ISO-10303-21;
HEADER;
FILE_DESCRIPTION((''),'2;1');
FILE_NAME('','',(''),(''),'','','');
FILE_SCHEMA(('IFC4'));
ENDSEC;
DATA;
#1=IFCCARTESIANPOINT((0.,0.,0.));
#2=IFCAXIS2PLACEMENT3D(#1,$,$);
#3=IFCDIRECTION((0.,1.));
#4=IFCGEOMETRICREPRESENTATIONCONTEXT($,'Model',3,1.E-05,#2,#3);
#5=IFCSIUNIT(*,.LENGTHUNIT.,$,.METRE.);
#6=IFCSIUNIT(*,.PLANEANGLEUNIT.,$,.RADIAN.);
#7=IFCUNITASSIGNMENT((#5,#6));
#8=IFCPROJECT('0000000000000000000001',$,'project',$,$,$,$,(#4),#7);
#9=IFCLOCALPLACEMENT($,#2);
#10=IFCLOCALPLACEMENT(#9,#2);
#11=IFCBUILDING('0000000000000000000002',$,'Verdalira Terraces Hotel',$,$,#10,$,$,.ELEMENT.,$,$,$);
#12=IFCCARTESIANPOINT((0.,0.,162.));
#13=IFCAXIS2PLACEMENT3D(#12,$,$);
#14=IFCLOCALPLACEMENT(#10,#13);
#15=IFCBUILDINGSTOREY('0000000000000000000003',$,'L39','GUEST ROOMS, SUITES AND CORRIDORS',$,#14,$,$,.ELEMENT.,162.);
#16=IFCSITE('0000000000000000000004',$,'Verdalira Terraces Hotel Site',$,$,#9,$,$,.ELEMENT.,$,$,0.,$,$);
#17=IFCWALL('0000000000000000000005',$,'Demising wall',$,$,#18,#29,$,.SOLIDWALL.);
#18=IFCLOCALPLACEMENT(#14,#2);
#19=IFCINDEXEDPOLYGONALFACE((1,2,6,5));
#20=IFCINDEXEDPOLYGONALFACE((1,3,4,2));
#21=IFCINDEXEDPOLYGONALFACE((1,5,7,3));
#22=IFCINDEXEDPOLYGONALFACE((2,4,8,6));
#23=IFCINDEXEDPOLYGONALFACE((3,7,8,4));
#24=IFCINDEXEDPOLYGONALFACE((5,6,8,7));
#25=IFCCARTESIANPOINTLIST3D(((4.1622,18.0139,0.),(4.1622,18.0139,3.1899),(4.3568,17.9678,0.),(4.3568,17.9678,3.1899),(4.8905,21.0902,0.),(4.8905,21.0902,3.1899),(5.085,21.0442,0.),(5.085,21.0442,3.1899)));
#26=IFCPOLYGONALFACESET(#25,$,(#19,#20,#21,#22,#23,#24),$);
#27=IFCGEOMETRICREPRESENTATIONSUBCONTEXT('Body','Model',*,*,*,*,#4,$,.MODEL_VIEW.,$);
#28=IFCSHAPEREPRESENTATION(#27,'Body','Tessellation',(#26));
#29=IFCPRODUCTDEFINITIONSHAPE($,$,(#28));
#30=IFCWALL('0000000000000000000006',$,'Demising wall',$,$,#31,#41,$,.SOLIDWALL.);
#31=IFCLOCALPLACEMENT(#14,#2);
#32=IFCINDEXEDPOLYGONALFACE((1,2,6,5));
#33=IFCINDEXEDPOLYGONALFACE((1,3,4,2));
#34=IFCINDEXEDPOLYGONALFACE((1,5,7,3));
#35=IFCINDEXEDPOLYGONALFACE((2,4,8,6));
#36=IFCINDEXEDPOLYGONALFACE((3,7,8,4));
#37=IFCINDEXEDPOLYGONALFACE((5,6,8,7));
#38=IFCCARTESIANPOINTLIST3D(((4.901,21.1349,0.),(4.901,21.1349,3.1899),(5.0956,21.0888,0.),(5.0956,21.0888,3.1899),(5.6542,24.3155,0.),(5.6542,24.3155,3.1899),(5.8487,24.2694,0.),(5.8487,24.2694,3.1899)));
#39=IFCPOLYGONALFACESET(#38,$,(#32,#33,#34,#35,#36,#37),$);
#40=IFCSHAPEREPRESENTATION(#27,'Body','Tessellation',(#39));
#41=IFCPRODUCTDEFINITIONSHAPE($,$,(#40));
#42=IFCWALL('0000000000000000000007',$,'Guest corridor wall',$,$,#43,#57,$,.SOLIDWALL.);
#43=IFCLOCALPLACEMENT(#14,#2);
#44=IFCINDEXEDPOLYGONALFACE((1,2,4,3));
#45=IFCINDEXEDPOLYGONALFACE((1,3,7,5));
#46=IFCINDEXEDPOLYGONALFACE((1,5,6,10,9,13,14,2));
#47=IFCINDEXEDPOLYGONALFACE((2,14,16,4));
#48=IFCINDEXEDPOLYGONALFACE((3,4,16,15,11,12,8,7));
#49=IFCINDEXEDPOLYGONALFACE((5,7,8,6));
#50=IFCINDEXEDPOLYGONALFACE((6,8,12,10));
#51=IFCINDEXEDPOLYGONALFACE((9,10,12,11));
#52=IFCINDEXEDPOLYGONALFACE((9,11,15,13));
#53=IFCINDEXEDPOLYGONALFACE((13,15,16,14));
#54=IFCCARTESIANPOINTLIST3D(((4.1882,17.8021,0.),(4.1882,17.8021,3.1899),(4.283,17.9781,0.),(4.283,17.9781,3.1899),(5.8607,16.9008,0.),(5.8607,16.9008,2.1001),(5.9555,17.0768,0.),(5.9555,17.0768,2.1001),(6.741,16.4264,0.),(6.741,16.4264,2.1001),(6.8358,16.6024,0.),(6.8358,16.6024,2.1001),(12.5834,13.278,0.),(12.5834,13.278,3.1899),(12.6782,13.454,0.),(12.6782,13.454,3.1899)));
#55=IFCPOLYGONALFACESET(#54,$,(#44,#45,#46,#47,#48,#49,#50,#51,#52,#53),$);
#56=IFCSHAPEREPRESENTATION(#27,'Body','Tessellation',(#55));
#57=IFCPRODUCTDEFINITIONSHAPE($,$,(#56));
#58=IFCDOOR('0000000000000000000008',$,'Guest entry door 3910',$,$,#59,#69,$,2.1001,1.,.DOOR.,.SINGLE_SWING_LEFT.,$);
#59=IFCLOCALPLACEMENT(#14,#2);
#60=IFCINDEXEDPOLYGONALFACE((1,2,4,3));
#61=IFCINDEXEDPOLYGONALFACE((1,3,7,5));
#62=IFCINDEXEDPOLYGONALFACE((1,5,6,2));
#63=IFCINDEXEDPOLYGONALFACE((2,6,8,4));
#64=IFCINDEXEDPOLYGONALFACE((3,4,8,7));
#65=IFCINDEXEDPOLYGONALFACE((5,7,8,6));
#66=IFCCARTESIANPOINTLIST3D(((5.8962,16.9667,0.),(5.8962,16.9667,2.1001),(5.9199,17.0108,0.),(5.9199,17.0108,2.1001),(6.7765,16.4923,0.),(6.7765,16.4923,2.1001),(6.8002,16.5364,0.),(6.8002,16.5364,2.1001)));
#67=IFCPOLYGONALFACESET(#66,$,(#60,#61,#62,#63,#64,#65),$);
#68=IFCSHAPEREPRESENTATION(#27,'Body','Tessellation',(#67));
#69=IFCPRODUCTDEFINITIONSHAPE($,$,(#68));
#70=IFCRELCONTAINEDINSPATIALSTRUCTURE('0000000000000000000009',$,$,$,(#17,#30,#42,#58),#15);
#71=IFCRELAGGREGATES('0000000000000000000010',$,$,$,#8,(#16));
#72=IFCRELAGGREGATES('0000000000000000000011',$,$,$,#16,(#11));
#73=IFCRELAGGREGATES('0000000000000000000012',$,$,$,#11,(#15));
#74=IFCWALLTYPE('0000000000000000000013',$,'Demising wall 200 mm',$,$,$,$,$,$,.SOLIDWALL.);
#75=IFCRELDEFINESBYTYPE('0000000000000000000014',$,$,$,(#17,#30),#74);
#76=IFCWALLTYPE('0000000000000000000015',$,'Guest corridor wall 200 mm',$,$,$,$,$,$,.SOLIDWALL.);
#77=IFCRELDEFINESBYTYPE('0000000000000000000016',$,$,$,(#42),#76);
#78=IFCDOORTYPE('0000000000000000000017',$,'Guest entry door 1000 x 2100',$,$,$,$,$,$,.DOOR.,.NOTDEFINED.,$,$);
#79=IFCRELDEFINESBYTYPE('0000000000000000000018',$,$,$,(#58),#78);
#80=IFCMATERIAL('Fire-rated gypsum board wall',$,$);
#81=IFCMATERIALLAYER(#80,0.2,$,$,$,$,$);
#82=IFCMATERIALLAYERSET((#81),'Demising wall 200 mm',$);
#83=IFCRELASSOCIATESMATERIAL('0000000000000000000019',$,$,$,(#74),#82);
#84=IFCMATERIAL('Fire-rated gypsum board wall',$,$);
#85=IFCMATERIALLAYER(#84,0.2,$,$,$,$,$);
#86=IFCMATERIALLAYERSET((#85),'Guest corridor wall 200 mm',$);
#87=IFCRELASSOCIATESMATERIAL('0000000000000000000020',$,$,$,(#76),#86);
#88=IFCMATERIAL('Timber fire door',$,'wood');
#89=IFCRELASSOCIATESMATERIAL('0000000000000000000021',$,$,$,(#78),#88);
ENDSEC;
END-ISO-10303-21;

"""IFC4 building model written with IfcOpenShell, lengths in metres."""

from ifc_helpers import new_model, si_unit, direction, frame, frame_2d, origin, place, context, subcontext, project, spatial, rectangle, extrude, material, layer, layer_set, type_object, element, fill, save


model = new_model("IFC4")

# Units and contexts
model_context = context("Model", 3, precision=1e-05, world=origin(), true_north=direction((0.0, 1.0)))
body_context = subcontext(model_context, "Body", "Model", "MODEL_VIEW")
ifc_project = project(units=[si_unit("LENGTHUNIT", "METRE"), si_unit("PLANEANGLEUNIT", "RADIAN")], contexts=[model_context])

# Site, building, storey
site_placement = place(None, origin())
site = spatial("IfcSite", under=ifc_project, at=site_placement, Name="Verdalira Terraces Hotel Site", CompositionType="ELEMENT", RefElevation=0.0)
building_placement = place(site_placement, origin())
building = spatial("IfcBuilding", under=site, at=building_placement, Name="Verdalira Terraces Hotel", CompositionType="ELEMENT")
storey_placement = place(building_placement, frame((0.0, 0.0, 162.0)))
storey = spatial("IfcBuildingStorey", under=building, at=storey_placement, Name="L39", Description="GUEST ROOMS, SUITES AND CORRIDORS", CompositionType="ELEMENT", Elevation=162.0)

# Walls
ifc_material_1 = material(Name="Fire-rated gypsum board wall")
ifc_layer_1 = layer(ifc_material_1, 0.2)
ifc_layer_set_1 = layer_set([ifc_layer_1], Name="Demising wall 200 mm")
wall_type_1 = type_object("IfcWallType", Name="Demising wall 200 mm", PredefinedType="SOLIDWALL", material=ifc_layer_set_1)
wall_1_placement = place(storey_placement, frame((4.2595, 17.991, 0.0), z_axis=(0.0, 0.0, 1.0), x_axis=(0.230361, 0.973105, 0.0)))
element("IfcWall", 1, at=wall_1_placement, inside=storey, type_object=wall_type_1, Name="Demising wall", PredefinedType="SOLIDWALL", context=body_context, shape_type="SweptSolid", body=[
    extrude(rectangle(XDim=3.1614, YDim=0.2, at=frame_2d((1.5806, 0.0))), origin(), (0.0, 0.0, 1.0), 3.1899),
])
wall_2_placement = place(storey_placement, frame((4.9983, 21.1118, 0.0), z_axis=(0.0, 0.0, 1.0), x_axis=(0.230425, 0.97309, 0.0)))
element("IfcWall", 2, at=wall_2_placement, inside=storey, type_object=wall_type_1, Name="Demising wall", PredefinedType="SOLIDWALL", context=body_context, shape_type="SweptSolid", body=[
    extrude(rectangle(XDim=3.2686, YDim=0.2, at=frame_2d((1.6343, 0.0))), origin(), (0.0, 0.0, 1.0), 3.1899),
])

# Wall, opening, door
ifc_material_2 = material(Name="Fire-rated gypsum board wall")
ifc_layer_2 = layer(ifc_material_2, 0.2)
ifc_layer_set_2 = layer_set([ifc_layer_2], Name="Guest corridor wall 200 mm")
wall_type_2 = type_object("IfcWallType", Name="Guest corridor wall 200 mm", PredefinedType="SOLIDWALL", material=ifc_layer_set_2)
wall_3_placement = place(storey_placement, frame((4.2356, 17.8901, 0.0), z_axis=(0.0, 0.0, 1.0), x_axis=(0.880312, -0.474396, 0.0)))
wall_3 = element("IfcWall", 3, at=wall_3_placement, inside=storey, type_object=wall_type_2, Name="Guest corridor wall", PredefinedType="SOLIDWALL", context=body_context, shape_type="SweptSolid", body=[
    extrude(rectangle(XDim=9.5366, YDim=0.2, at=frame_2d((4.7683, 0.0))), origin(), (0.0, 0.0, 1.0), 3.1899),
])
opening_1_placement = place(wall_3_placement, frame((1.8999, 0.0, 0.0)))
opening_1 = element("IfcOpeningElement", 4, at=opening_1_placement, cuts=wall_3, PredefinedType="OPENING", context=body_context, shape_type="SweptSolid", body=[
    extrude(rectangle(XDim=1.0, YDim=2.1001, at=frame_2d((0.5, 1.05))), frame((0.0, 0.1099, 0.0), z_axis=(0.0, -1.0, 0.0), x_axis=(1.0, 0.0, 0.0)), (0.0, 0.0, 1.0), 0.22),
])
ifc_material_3 = material(Name="Timber fire door", Category="wood")
door_type_1 = type_object("IfcDoorType", Name="Guest entry door 1000 x 2100", OperationType="NOTDEFINED", PredefinedType="DOOR", material=ifc_material_3)
door_1_placement = place(opening_1_placement, origin())
door_1 = element("IfcDoor", 5, at=door_1_placement, inside=storey, type_object=door_type_1, Name="Guest entry door 3910", OperationType="SINGLE_SWING_LEFT", OverallHeight=2.1001, OverallWidth=1.0, PredefinedType="DOOR", context=body_context, shape_type="SweptSolid", body=[
    extrude(rectangle(XDim=1.0, YDim=2.1001, at=frame_2d((0.5, 1.05))), frame((0.0, 0.0249, 0.0), z_axis=(0.0, -1.0, 0.0), x_axis=(1.0, 0.0, 0.0)), (0.0, 0.0, 1.0), 0.05),
])
fill(opening_1, door_1)

save(model, "model.ifc")
